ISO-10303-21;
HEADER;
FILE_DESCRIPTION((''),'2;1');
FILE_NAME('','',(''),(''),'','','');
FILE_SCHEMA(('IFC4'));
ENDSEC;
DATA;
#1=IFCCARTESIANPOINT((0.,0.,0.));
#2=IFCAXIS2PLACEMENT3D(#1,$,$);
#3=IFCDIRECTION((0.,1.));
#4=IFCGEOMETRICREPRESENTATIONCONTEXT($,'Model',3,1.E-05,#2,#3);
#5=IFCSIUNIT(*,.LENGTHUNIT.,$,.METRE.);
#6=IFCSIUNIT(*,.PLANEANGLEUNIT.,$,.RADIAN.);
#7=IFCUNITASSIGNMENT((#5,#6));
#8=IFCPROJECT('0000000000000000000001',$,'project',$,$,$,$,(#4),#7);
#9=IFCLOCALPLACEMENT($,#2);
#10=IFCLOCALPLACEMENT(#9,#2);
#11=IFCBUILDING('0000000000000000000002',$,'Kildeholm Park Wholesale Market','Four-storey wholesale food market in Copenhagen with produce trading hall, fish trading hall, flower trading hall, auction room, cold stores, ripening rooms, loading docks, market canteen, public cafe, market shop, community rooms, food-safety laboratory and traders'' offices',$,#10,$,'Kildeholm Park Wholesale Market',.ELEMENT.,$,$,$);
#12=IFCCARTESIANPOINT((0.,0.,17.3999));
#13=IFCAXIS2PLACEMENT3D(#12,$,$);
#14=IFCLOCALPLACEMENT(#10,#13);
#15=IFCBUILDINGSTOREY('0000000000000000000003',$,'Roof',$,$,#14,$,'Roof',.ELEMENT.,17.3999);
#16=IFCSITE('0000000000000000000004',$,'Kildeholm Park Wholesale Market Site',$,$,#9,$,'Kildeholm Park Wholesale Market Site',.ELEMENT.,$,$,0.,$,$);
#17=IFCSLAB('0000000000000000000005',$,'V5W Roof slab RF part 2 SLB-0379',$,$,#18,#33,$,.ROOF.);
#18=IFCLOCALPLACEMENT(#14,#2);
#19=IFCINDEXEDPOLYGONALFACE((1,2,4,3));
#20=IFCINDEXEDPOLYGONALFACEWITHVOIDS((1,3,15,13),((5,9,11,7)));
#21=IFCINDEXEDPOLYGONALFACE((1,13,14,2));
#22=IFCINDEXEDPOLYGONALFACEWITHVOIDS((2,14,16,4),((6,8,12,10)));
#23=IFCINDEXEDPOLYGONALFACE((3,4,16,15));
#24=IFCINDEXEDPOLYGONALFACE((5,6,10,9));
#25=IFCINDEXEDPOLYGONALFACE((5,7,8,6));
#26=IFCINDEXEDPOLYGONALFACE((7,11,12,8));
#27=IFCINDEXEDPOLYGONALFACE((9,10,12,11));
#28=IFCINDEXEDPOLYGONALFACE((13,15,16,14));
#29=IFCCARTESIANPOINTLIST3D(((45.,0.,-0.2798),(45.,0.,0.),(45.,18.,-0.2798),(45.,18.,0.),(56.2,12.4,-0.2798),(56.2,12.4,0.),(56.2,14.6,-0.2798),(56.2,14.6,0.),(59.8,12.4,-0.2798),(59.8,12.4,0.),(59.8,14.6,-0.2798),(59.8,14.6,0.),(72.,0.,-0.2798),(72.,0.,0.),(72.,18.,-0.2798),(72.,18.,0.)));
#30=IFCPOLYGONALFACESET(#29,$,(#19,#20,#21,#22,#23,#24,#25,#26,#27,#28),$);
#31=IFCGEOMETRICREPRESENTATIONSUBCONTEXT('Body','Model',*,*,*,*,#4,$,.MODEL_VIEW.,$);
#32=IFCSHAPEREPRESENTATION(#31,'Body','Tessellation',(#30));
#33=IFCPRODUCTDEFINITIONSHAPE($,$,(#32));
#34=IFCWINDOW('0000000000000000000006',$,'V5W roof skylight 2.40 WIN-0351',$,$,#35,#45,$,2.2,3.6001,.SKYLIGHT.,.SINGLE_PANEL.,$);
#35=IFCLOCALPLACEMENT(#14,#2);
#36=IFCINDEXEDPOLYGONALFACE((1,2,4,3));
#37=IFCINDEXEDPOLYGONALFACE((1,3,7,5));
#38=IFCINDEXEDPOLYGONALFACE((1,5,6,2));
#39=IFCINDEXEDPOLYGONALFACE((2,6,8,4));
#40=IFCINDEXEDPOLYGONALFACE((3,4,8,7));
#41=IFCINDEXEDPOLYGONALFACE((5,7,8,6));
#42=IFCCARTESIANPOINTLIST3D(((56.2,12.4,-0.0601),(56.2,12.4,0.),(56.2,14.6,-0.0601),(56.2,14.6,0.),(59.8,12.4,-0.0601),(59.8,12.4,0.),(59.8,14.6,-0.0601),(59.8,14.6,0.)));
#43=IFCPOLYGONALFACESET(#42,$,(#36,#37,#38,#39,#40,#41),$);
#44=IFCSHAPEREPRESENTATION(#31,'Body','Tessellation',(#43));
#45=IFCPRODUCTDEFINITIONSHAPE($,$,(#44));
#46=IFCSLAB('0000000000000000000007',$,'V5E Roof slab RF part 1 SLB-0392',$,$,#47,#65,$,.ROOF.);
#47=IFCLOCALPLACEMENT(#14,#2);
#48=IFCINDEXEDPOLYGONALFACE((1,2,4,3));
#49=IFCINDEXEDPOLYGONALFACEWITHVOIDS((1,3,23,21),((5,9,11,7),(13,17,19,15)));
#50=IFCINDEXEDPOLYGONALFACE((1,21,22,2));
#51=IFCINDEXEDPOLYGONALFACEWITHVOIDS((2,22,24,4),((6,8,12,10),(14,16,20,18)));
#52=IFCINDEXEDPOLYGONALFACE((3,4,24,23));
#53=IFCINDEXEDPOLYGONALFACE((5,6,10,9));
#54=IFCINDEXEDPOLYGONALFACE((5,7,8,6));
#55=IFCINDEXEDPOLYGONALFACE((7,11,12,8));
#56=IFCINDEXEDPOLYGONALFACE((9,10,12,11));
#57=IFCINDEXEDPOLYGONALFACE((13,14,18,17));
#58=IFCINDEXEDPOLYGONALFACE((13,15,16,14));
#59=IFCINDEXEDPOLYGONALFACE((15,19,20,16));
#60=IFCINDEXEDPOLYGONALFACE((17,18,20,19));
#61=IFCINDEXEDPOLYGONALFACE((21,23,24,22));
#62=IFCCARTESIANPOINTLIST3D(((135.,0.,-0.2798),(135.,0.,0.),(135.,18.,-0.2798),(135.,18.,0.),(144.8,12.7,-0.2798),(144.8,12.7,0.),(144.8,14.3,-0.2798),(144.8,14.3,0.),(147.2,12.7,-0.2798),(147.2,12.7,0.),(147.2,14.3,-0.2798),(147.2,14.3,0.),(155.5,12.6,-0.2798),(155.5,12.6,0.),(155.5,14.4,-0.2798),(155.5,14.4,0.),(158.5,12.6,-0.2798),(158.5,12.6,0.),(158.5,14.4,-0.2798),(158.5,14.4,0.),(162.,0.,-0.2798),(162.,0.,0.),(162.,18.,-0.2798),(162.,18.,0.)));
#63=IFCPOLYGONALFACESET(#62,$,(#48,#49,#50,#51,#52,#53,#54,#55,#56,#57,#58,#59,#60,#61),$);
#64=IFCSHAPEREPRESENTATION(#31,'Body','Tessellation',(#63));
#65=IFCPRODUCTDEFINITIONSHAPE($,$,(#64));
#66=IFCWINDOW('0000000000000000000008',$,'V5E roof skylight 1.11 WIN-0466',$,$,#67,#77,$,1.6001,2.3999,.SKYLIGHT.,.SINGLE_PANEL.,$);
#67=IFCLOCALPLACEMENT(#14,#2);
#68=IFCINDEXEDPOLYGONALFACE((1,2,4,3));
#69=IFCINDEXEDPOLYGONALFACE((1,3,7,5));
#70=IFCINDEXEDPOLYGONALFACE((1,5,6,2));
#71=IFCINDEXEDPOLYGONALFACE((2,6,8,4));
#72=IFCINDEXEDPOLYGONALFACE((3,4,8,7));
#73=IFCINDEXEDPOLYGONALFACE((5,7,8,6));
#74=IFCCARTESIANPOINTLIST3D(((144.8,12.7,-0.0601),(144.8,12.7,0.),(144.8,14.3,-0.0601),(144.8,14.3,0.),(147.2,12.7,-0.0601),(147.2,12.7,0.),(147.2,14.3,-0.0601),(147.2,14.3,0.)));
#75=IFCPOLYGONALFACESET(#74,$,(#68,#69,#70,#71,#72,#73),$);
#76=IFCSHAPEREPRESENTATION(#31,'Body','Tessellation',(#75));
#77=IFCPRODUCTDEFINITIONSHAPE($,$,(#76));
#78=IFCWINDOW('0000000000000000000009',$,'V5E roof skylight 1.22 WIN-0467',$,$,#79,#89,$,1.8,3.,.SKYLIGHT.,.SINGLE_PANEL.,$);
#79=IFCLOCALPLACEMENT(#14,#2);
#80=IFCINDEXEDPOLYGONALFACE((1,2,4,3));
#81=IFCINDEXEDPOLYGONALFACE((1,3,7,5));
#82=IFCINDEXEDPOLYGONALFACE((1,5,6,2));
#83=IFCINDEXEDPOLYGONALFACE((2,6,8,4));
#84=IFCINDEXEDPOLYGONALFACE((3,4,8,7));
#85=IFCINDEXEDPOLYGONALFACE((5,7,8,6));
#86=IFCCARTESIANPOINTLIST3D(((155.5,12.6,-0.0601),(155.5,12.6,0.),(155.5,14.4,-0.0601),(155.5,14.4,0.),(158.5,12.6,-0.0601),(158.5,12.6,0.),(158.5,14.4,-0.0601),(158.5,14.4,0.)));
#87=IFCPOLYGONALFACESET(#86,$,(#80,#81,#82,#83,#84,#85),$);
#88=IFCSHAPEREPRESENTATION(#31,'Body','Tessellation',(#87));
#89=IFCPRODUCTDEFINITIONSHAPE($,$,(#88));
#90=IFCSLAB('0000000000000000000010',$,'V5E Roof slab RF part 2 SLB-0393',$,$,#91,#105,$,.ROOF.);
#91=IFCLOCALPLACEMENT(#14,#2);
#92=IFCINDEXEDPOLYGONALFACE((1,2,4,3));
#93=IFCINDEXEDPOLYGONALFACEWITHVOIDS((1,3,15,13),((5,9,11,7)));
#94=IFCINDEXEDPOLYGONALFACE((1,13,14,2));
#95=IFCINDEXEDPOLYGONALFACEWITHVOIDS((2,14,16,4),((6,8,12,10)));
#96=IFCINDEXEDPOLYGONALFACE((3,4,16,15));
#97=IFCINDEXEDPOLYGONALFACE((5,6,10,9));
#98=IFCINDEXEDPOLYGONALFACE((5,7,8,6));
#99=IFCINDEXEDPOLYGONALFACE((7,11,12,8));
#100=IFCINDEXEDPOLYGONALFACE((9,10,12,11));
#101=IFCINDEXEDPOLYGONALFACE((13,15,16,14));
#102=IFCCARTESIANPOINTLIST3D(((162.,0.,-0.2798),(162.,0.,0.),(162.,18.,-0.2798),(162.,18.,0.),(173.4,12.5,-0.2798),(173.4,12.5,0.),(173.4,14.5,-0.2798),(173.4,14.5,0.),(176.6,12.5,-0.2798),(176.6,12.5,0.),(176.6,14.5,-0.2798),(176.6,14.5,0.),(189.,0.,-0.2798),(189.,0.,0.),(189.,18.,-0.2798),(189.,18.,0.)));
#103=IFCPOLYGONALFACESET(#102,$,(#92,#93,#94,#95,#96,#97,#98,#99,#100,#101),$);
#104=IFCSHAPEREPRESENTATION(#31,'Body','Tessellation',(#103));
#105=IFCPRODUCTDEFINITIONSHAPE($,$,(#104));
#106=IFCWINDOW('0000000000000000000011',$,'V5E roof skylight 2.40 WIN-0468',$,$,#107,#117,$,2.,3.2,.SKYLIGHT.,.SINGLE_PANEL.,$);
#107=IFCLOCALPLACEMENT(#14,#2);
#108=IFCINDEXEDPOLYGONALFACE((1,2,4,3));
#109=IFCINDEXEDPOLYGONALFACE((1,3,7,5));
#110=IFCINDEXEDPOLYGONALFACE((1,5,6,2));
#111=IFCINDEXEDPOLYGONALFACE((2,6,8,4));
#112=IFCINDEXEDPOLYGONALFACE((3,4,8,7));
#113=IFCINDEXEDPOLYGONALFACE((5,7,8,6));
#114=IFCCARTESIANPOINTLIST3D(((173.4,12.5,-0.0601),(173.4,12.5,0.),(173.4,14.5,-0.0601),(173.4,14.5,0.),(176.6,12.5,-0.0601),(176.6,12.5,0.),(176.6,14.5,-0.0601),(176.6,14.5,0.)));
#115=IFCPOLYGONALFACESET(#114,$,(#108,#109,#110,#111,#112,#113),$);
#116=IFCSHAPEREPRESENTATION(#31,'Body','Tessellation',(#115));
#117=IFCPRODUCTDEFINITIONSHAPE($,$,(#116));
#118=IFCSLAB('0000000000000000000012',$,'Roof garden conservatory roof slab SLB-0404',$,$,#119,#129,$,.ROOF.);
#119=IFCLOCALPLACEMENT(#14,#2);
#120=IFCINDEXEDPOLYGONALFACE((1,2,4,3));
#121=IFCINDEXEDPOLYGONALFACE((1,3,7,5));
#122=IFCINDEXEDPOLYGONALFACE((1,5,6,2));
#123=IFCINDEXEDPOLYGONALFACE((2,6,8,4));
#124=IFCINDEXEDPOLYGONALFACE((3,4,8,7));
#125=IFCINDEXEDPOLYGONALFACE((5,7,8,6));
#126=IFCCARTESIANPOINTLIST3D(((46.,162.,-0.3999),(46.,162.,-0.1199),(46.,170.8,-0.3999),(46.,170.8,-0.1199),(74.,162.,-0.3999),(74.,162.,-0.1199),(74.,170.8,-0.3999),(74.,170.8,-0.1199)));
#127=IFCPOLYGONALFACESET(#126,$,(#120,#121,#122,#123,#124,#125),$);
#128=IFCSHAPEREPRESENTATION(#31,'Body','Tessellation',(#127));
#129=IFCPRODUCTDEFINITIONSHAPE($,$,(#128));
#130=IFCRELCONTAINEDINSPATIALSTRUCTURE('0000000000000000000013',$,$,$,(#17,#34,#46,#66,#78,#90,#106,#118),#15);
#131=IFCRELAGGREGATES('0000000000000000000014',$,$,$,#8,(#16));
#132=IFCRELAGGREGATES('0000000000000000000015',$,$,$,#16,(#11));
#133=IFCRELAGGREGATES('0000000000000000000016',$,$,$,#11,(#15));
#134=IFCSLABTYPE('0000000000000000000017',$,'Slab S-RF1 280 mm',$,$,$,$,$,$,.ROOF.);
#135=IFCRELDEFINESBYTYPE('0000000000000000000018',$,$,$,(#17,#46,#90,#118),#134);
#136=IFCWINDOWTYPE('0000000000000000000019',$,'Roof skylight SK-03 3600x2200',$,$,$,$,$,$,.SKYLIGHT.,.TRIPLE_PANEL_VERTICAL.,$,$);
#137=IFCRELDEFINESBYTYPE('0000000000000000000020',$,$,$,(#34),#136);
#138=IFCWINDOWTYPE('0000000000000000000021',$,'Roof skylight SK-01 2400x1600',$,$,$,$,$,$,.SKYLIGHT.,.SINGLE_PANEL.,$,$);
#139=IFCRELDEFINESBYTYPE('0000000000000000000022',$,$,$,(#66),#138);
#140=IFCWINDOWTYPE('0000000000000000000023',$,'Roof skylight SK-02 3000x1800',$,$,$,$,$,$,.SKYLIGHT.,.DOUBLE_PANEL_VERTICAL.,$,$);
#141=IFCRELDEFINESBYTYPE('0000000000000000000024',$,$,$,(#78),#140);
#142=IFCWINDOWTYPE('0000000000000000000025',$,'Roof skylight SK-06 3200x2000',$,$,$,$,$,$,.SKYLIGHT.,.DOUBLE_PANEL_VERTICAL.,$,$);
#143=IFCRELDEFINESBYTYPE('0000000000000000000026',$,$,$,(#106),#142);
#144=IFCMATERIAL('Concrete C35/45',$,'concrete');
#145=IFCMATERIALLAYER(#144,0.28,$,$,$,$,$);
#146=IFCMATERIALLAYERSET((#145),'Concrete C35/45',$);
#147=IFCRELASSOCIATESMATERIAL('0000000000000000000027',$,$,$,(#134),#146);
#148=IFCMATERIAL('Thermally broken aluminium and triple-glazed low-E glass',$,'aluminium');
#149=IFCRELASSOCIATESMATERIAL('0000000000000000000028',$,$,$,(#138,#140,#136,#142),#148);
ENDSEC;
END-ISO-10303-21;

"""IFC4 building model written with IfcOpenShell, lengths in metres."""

from ifc_helpers import new_model, si_unit, direction, frame, origin, origin_2d, place, context, subcontext, project, spatial, polyline, rectangle, outline, extrude, material, layer, layer_set, type_object, element, fill, save


model = new_model("IFC4")

# Units and contexts
model_context = context("Model", 3, precision=1e-05, world=origin(), true_north=direction((0.0, 1.0)))
body_context = subcontext(model_context, "Body", "Model", "MODEL_VIEW")
ifc_project = project(units=[si_unit("LENGTHUNIT", "METRE"), si_unit("PLANEANGLEUNIT", "RADIAN")], contexts=[model_context])

# Site, building, storey
site_placement = place(None, origin())
site = spatial("IfcSite", under=ifc_project, at=site_placement, Name="Kildeholm Park Wholesale Market Site", LongName="Kildeholm Park Wholesale Market Site", CompositionType="ELEMENT", RefElevation=0.0)
building_placement = place(site_placement, origin())
building = spatial("IfcBuilding", under=site, at=building_placement, Name="Kildeholm Park Wholesale Market", Description="Four-storey wholesale food market in Copenhagen with produce trading hall, fish trading hall, flower trading hall, auction room, cold stores, ripening rooms, loading docks, market canteen, public cafe, market shop, community rooms, food-safety laboratory and traders' offices", LongName="Kildeholm Park Wholesale Market", CompositionType="ELEMENT")
storey_placement = place(building_placement, frame((0.0, 0.0, 17.3999)))
storey = spatial("IfcBuildingStorey", under=building, at=storey_placement, Name="Roof", LongName="Roof", CompositionType="ELEMENT", Elevation=17.3999)

# Shared definitions
ifc_material_1 = material(Name="Concrete C35/45", Category="concrete")
ifc_layer_1 = layer(ifc_material_1, 0.28)
ifc_layer_set_1 = layer_set([ifc_layer_1], Name="Concrete C35/45")
slab_type_1 = type_object("IfcSlabType", Name="Slab S-RF1 280 mm", PredefinedType="ROOF", material=ifc_layer_set_1)
ifc_material_2 = material(Name="Thermally broken aluminium and triple-glazed low-E glass", Category="aluminium")
window_type_1 = type_object("IfcWindowType", Name="Roof skylight SK-01 2400x1600", PartitioningType="SINGLE_PANEL", PredefinedType="SKYLIGHT", material=ifc_material_2)
window_type_2 = type_object("IfcWindowType", Name="Roof skylight SK-02 3000x1800", PartitioningType="DOUBLE_PANEL_VERTICAL", PredefinedType="SKYLIGHT", material=ifc_material_2)

# Slab, opening, window
slab_1_placement = place(storey_placement, frame((0.0, 0.0, -0.2798)))
slab_1 = element("IfcSlab", 1, at=slab_1_placement, inside=storey, type_object=slab_type_1, Name="V5W Roof slab RF part 2 SLB-0379", PredefinedType="ROOF", context=body_context, shape_type="SweptSolid", body=[
    extrude(outline(polyline([(45.0, 0.0), (72.0, 0.0), (72.0, 18.0), (45.0, 18.0), (45.0, 0.0)])), origin(), (0.0, 0.0, 1.0), 0.2798),
])
opening_1_placement = place(slab_1_placement, frame((58.0, 13.5, 0.0)))
opening_1 = element("IfcOpeningElement", 2, at=opening_1_placement, cuts=slab_1, PredefinedType="OPENING", context=body_context, shape_type="SweptSolid", body=[
    extrude(rectangle(XDim=3.6001, YDim=2.2, at=origin_2d()), frame((0.0, 0.0, -0.01)), (0.0, 0.0, 1.0), 0.2998),
])
window_type_3 = type_object("IfcWindowType", Name="Roof skylight SK-03 3600x2200", PartitioningType="TRIPLE_PANEL_VERTICAL", PredefinedType="SKYLIGHT", material=ifc_material_2)
window_1_placement = place(opening_1_placement, frame((0.0, 0.0, 0.2197)))
window_1 = element("IfcWindow", 3, at=window_1_placement, inside=storey, type_object=window_type_3, Name="V5W roof skylight 2.40 WIN-0351", OverallHeight=2.2, OverallWidth=3.6001, PartitioningType="SINGLE_PANEL", PredefinedType="SKYLIGHT", context=body_context, shape_type="SweptSolid", body=[
    extrude(rectangle(XDim=3.6001, YDim=2.2, at=origin_2d()), origin(), (0.0, 0.0, 1.0), 0.0601),
])
fill(opening_1, window_1)

# Slab, openings, windows
slab_2_placement = place(storey_placement, frame((0.0, 0.0, -0.2798)))
slab_2 = element("IfcSlab", 4, at=slab_2_placement, inside=storey, type_object=slab_type_1, Name="V5E Roof slab RF part 1 SLB-0392", PredefinedType="ROOF", context=body_context, shape_type="SweptSolid", body=[
    extrude(outline(polyline([(135.0, 0.0), (162.0, 0.0), (162.0, 18.0), (135.0, 18.0), (135.0, 0.0)])), origin(), (0.0, 0.0, 1.0), 0.2798),
])
opening_2_placement = place(slab_2_placement, frame((146.0, 13.5, 0.0)))
opening_2 = element("IfcOpeningElement", 5, at=opening_2_placement, cuts=slab_2, PredefinedType="OPENING", context=body_context, shape_type="SweptSolid", body=[
    extrude(rectangle(XDim=2.3999, YDim=1.6001, at=origin_2d()), frame((0.0, 0.0, -0.01)), (0.0, 0.0, 1.0), 0.2998),
])
opening_3_placement = place(slab_2_placement, frame((157.0, 13.5, 0.0)))
opening_3 = element("IfcOpeningElement", 6, at=opening_3_placement, cuts=slab_2, PredefinedType="OPENING", context=body_context, shape_type="SweptSolid", body=[
    extrude(rectangle(XDim=3.0, YDim=1.8, at=origin_2d()), frame((0.0, 0.0, -0.01)), (0.0, 0.0, 1.0), 0.2998),
])
window_2_placement = place(opening_2_placement, frame((0.0, 0.0, 0.2197)))
window_2 = element("IfcWindow", 7, at=window_2_placement, inside=storey, type_object=window_type_1, Name="V5E roof skylight 1.11 WIN-0466", OverallHeight=1.6001, OverallWidth=2.3999, PartitioningType="SINGLE_PANEL", PredefinedType="SKYLIGHT", context=body_context, shape_type="SweptSolid", body=[
    extrude(rectangle(XDim=2.3999, YDim=1.6001, at=origin_2d()), origin(), (0.0, 0.0, 1.0), 0.0601),
])
fill(opening_2, window_2)
window_3_placement = place(opening_3_placement, frame((0.0, 0.0, 0.2197)))
window_3 = element("IfcWindow", 8, at=window_3_placement, inside=storey, type_object=window_type_2, Name="V5E roof skylight 1.22 WIN-0467", OverallHeight=1.8, OverallWidth=3.0, PartitioningType="SINGLE_PANEL", PredefinedType="SKYLIGHT", context=body_context, shape_type="SweptSolid", body=[
    extrude(rectangle(XDim=3.0, YDim=1.8, at=origin_2d()), origin(), (0.0, 0.0, 1.0), 0.0601),
])
fill(opening_3, window_3)

# Slab, opening, window
slab_3_placement = place(storey_placement, frame((0.0, 0.0, -0.2798)))
slab_3 = element("IfcSlab", 9, at=slab_3_placement, inside=storey, type_object=slab_type_1, Name="V5E Roof slab RF part 2 SLB-0393", PredefinedType="ROOF", context=body_context, shape_type="SweptSolid", body=[
    extrude(outline(polyline([(162.0, 0.0), (189.0, 0.0), (189.0, 18.0), (162.0, 18.0), (162.0, 0.0)])), origin(), (0.0, 0.0, 1.0), 0.2798),
])
opening_4_placement = place(slab_3_placement, frame((175.0, 13.5, 0.0)))
opening_4 = element("IfcOpeningElement", 10, at=opening_4_placement, cuts=slab_3, PredefinedType="OPENING", context=body_context, shape_type="SweptSolid", body=[
    extrude(rectangle(XDim=3.2, YDim=2.0, at=origin_2d()), frame((0.0, 0.0, -0.01)), (0.0, 0.0, 1.0), 0.2998),
])
window_type_4 = type_object("IfcWindowType", Name="Roof skylight SK-06 3200x2000", PartitioningType="DOUBLE_PANEL_VERTICAL", PredefinedType="SKYLIGHT", material=ifc_material_2)
window_4_placement = place(opening_4_placement, frame((0.0, 0.0, 0.2197)))
window_4 = element("IfcWindow", 11, at=window_4_placement, inside=storey, type_object=window_type_4, Name="V5E roof skylight 2.40 WIN-0468", OverallHeight=2.0, OverallWidth=3.2, PartitioningType="SINGLE_PANEL", PredefinedType="SKYLIGHT", context=body_context, shape_type="SweptSolid", body=[
    extrude(rectangle(XDim=3.2, YDim=2.0, at=origin_2d()), origin(), (0.0, 0.0, 1.0), 0.0601),
])
fill(opening_4, window_4)

# Slab
slab_4_placement = place(storey_placement, frame((0.0, 0.0, -0.3999)))
element("IfcSlab", 12, at=slab_4_placement, inside=storey, type_object=slab_type_1, Name="Roof garden conservatory roof slab SLB-0404", PredefinedType="ROOF", context=body_context, shape_type="SweptSolid", body=[
    extrude(outline(polyline([(46.0, 162.0), (74.0, 162.0), (74.0, 170.8), (46.0, 170.8), (46.0, 162.0)])), origin(), (0.0, 0.0, 1.0), 0.28),
])

save(model, "model.ifc")
